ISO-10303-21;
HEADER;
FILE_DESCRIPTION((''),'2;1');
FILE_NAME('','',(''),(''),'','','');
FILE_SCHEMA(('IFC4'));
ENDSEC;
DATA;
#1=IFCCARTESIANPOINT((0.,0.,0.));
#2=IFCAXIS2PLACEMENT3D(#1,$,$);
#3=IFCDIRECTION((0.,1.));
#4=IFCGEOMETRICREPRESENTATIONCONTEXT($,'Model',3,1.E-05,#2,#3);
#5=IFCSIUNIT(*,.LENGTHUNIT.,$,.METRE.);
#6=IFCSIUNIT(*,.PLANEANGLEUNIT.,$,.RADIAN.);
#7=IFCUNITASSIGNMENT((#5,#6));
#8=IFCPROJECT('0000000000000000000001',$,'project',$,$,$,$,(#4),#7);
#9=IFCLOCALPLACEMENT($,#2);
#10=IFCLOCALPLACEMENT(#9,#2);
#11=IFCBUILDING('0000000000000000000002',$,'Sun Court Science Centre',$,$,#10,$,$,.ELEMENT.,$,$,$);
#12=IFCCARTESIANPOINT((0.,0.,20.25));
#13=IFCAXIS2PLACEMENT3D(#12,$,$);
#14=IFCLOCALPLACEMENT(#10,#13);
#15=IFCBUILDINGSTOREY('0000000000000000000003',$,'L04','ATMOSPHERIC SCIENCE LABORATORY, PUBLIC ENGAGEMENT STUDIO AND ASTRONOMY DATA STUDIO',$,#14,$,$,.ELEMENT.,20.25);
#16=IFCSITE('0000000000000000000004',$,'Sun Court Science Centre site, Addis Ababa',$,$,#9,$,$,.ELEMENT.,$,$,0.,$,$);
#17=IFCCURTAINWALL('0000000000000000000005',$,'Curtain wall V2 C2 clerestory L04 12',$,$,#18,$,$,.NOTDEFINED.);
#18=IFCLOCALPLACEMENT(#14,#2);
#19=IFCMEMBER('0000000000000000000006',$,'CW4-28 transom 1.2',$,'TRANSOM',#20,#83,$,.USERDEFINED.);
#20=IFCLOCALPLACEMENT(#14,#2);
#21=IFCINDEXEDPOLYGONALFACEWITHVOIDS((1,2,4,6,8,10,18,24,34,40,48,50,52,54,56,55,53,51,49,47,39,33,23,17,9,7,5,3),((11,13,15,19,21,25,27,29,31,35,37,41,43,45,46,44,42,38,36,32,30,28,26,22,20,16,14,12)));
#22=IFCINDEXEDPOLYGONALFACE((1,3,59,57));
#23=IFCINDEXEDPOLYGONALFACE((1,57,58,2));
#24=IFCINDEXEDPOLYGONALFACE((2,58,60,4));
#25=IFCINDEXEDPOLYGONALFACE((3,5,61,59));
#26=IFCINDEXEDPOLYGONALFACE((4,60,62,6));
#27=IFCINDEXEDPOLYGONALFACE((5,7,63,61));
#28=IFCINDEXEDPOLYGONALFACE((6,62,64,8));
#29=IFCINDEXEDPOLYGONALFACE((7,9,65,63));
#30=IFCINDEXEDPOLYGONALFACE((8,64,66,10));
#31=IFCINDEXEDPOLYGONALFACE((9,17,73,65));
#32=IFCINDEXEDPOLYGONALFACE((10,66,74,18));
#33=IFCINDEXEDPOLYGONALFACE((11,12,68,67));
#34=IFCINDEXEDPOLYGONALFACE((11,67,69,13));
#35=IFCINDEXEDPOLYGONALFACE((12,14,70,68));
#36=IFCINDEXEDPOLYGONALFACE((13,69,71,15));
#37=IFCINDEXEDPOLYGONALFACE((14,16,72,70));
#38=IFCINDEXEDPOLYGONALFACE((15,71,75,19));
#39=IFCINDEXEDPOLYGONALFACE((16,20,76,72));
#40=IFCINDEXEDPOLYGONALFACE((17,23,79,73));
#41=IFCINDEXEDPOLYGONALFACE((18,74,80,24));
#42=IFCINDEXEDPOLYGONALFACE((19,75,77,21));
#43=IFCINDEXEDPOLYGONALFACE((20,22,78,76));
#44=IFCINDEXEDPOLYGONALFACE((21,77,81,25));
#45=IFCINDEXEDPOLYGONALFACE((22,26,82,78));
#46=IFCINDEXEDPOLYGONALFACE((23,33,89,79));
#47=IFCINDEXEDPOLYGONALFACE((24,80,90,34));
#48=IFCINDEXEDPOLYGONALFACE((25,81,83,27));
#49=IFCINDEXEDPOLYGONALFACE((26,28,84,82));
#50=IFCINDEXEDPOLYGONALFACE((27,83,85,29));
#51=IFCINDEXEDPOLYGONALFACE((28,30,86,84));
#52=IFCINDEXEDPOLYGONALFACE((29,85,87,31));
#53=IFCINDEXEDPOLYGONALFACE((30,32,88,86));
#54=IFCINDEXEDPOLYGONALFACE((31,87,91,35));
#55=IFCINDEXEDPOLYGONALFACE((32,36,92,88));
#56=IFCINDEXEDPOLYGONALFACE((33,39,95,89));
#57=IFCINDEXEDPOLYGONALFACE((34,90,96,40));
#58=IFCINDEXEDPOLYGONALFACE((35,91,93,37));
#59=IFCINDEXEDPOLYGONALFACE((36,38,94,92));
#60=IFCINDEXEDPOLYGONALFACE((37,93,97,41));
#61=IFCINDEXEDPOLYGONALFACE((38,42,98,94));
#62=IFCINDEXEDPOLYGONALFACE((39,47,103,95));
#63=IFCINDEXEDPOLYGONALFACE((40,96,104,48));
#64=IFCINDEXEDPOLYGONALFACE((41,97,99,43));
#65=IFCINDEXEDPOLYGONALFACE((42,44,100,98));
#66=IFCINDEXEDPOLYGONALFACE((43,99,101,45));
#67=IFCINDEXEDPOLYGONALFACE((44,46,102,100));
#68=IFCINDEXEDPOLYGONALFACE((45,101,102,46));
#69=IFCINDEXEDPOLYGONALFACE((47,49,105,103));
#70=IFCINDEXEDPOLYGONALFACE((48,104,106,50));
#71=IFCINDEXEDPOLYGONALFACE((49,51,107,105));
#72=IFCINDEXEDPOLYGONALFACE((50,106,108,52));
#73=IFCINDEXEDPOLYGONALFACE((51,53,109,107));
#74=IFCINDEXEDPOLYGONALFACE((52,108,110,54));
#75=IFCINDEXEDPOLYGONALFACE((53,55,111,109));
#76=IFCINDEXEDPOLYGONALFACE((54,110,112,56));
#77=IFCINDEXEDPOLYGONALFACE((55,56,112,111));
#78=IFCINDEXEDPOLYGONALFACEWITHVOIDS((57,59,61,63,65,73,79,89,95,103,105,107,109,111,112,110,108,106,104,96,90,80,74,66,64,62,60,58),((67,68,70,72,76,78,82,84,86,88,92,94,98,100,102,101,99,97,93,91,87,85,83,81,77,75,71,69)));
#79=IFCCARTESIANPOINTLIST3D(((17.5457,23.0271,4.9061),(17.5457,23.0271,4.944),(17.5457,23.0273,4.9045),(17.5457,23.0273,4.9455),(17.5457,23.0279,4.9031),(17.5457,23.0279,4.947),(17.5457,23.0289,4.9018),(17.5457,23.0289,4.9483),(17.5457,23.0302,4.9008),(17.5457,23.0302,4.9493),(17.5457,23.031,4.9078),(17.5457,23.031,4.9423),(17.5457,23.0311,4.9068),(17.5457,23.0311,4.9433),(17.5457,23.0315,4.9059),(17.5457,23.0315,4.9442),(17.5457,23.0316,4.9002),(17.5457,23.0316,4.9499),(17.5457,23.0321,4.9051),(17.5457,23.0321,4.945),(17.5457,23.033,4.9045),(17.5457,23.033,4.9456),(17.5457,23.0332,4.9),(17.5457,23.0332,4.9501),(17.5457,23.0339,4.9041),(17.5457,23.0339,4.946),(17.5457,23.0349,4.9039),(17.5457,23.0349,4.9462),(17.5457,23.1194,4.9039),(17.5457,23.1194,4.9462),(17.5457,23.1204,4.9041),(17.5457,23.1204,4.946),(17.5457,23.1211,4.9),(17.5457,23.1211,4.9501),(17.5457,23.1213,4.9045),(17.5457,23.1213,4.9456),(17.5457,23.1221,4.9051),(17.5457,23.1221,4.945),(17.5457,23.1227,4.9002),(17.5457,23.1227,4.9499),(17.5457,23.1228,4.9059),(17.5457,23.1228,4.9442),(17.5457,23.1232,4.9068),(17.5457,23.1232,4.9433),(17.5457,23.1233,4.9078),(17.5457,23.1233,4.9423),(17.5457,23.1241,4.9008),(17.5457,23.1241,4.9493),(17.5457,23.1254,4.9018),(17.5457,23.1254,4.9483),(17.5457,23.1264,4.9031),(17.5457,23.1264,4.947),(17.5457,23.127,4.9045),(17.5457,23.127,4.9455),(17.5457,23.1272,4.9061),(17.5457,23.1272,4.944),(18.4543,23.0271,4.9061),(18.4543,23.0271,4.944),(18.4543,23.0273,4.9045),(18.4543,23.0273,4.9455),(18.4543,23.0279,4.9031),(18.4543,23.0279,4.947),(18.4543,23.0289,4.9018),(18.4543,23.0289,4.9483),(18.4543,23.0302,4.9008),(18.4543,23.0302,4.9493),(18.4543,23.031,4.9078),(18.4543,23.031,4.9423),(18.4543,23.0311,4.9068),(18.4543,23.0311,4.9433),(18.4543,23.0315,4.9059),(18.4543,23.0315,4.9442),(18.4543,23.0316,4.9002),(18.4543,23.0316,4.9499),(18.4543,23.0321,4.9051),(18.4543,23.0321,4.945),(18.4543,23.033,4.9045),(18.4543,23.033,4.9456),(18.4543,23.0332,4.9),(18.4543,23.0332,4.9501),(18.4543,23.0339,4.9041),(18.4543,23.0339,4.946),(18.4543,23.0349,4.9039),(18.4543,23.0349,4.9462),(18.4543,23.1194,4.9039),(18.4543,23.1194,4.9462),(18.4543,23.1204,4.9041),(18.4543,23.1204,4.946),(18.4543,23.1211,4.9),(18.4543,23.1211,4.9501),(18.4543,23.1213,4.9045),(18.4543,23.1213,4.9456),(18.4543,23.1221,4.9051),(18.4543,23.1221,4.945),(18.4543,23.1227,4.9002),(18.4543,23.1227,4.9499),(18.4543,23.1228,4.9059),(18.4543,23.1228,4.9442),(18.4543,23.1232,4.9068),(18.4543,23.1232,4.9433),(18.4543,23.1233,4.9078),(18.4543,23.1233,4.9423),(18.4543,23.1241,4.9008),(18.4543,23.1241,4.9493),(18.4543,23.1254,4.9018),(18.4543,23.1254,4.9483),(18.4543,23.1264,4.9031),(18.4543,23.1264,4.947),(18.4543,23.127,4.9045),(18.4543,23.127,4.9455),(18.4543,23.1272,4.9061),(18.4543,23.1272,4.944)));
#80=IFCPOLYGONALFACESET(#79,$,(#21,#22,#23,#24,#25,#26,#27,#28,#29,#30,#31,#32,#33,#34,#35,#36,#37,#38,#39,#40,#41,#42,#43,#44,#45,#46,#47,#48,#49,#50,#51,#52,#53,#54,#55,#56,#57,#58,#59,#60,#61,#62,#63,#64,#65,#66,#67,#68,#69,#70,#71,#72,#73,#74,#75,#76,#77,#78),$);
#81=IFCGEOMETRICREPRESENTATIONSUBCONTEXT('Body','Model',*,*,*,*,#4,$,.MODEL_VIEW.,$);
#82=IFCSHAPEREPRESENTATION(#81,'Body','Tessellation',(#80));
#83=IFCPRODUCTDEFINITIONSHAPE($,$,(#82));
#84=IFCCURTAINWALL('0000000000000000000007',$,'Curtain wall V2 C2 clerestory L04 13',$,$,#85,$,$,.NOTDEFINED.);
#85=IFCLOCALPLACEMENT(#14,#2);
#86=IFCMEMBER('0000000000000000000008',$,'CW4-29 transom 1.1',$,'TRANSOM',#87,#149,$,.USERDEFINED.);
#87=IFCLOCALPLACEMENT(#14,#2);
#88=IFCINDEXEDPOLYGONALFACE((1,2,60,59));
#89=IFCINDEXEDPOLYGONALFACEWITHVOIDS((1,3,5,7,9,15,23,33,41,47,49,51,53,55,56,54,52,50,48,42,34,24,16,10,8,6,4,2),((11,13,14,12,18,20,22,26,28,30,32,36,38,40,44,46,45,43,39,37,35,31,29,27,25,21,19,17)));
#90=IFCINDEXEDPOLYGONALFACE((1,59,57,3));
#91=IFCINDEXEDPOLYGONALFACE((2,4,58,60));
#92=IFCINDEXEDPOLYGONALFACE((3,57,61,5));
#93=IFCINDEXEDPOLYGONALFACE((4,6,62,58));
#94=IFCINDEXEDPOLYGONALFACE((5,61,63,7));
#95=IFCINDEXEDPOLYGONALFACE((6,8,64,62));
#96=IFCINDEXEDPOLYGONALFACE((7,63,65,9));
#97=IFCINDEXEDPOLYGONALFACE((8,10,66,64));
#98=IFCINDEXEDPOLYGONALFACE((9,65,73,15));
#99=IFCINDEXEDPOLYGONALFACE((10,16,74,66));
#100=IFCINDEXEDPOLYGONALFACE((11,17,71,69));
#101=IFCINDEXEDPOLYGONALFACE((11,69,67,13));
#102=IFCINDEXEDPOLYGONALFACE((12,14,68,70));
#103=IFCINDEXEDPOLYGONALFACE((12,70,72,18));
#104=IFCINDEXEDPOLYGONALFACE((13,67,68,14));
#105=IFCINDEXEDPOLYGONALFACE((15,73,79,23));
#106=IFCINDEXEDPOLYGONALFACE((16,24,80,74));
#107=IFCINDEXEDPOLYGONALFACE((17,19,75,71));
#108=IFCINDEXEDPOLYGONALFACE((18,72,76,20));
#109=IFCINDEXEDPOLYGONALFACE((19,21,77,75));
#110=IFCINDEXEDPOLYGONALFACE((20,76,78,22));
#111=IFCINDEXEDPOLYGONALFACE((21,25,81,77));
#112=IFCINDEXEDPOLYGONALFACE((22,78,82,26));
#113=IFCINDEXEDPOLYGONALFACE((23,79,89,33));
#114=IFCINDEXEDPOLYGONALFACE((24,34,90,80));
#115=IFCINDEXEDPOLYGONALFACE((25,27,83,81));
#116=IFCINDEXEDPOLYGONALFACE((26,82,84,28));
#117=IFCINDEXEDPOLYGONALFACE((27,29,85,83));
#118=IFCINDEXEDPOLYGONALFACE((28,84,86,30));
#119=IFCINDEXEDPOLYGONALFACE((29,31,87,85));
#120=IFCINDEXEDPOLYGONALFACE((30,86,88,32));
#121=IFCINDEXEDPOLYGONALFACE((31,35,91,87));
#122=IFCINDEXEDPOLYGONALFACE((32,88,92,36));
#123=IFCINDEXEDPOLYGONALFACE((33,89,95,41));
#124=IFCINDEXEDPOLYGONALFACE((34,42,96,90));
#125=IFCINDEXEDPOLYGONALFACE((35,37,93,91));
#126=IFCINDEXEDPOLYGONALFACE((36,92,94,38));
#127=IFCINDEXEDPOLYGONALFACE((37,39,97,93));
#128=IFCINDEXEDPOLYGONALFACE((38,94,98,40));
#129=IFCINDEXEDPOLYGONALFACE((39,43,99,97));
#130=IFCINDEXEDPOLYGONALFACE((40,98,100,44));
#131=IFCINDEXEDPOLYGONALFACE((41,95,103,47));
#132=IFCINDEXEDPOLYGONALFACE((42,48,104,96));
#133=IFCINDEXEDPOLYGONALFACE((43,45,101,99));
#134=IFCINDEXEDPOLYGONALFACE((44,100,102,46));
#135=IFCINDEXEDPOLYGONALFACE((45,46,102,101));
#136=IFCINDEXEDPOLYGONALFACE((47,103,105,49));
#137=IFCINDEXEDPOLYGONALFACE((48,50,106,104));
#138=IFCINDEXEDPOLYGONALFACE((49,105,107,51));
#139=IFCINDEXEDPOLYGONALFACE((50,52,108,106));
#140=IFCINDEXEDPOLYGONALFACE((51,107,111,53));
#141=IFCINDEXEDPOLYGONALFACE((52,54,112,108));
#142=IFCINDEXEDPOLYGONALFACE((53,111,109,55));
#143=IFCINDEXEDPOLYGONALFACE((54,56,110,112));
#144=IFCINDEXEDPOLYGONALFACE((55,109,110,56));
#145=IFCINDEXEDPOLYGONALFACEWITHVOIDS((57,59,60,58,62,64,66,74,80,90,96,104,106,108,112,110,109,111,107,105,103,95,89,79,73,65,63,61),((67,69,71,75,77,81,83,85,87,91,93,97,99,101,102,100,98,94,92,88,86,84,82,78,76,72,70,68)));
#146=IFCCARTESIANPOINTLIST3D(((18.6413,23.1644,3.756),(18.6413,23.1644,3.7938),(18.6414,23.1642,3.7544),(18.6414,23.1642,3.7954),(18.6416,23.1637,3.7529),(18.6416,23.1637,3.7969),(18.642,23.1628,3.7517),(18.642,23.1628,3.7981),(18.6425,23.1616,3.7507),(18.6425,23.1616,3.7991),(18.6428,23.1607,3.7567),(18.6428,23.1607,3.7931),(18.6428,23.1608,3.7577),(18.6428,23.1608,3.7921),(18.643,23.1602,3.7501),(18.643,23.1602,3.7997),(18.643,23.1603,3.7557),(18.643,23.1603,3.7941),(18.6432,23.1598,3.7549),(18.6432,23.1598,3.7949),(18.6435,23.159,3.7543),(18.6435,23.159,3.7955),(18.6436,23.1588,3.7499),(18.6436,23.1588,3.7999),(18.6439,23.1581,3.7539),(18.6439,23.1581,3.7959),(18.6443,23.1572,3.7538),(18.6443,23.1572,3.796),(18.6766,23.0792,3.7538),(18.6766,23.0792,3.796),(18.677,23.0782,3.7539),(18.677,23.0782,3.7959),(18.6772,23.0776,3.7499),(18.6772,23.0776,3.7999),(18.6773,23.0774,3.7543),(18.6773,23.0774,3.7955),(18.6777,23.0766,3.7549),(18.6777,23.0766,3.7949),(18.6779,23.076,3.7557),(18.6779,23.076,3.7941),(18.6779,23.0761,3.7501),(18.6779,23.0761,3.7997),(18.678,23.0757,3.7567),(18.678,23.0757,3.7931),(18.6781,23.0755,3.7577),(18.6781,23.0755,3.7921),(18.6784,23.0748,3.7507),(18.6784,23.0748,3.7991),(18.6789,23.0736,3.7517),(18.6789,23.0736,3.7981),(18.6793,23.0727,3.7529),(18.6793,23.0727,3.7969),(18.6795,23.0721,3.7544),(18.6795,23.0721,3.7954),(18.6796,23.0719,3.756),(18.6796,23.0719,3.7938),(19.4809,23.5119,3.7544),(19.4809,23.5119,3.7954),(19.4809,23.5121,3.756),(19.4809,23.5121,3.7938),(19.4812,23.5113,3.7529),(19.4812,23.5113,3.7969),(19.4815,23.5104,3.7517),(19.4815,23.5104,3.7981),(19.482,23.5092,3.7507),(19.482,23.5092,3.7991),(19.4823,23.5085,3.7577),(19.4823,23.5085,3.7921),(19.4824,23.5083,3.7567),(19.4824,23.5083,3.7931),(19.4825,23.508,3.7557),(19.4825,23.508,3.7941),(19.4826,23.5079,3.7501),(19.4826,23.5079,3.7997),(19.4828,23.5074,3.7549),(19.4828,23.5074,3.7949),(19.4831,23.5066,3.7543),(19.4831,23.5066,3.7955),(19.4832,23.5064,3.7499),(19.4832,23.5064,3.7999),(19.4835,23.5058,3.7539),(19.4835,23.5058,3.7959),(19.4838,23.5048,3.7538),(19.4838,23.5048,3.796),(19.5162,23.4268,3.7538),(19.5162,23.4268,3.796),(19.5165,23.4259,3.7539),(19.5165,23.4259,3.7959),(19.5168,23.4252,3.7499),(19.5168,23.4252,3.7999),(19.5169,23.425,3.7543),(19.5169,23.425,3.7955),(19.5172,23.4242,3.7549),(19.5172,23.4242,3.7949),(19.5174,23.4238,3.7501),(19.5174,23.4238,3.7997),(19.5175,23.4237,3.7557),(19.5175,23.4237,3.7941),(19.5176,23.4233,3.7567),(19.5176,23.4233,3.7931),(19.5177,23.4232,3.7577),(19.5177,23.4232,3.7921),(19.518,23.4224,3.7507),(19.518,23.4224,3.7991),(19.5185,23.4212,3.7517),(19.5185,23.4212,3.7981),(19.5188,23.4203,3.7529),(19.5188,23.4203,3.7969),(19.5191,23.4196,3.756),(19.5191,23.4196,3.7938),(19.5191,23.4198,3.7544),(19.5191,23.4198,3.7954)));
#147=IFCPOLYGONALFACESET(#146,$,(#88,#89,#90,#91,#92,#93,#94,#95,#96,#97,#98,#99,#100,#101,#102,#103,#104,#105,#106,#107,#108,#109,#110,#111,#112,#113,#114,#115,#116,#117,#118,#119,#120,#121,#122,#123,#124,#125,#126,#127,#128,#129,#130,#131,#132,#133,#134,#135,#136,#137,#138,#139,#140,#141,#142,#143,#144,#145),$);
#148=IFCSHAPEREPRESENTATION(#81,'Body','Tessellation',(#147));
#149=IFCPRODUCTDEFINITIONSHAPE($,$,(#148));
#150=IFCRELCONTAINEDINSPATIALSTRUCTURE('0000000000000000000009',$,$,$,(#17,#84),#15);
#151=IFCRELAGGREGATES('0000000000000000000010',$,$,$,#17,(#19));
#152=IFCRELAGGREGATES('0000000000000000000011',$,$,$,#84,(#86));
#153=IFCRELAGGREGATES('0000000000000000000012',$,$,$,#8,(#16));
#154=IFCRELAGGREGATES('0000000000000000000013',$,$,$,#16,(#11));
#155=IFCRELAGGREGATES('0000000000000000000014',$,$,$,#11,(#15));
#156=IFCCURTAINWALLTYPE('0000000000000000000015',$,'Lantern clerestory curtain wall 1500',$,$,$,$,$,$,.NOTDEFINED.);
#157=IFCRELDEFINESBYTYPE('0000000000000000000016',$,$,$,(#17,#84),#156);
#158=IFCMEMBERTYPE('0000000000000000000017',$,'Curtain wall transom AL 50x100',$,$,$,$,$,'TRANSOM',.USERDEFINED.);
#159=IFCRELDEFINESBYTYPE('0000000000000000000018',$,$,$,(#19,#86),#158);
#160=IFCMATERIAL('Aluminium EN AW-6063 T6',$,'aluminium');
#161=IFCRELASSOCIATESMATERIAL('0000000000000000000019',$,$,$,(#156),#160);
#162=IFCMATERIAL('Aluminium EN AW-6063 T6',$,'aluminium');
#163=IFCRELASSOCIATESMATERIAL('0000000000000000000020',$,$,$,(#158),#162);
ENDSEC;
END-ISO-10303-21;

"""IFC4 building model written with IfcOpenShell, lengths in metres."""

from ifc_helpers import new_model, si_unit, direction, frame, origin, origin_2d, place, context, subcontext, project, spatial, hollow_rectangle, extrude, material, material_profile, profile_set, type_object, element, aggregate, save


model = new_model("IFC4")

# Units and contexts
model_context = context("Model", 3, precision=1e-05, world=origin(), true_north=direction((0.0, 1.0)))
body_context = subcontext(model_context, "Body", "Model", "MODEL_VIEW")
ifc_project = project(units=[si_unit("LENGTHUNIT", "METRE"), si_unit("PLANEANGLEUNIT", "RADIAN")], contexts=[model_context])

# Site, building, storey
site_placement = place(None, origin())
site = spatial("IfcSite", under=ifc_project, at=site_placement, Name="Sun Court Science Centre site, Addis Ababa", CompositionType="ELEMENT", RefElevation=0.0)
building_placement = place(site_placement, origin())
building = spatial("IfcBuilding", under=site, at=building_placement, Name="Sun Court Science Centre", CompositionType="ELEMENT")
storey_placement = place(building_placement, frame((0.0, 0.0, 20.25)))
storey = spatial("IfcBuildingStorey", under=building, at=storey_placement, Name="L04", Description="ATMOSPHERIC SCIENCE LABORATORY, PUBLIC ENGAGEMENT STUDIO AND ASTRONOMY DATA STUDIO", CompositionType="ELEMENT", Elevation=20.25)

# Shared definitions
ifc_material_1 = material(Name="Aluminium EN AW-6063 T6", Category="aluminium")
curtain_wall_type = type_object("IfcCurtainWallType", Name="Lantern clerestory curtain wall 1500", PredefinedType="NOTDEFINED", material=ifc_material_1)

# Curtain walls, members
curtain_wall_1_placement = place(storey_placement, origin())
curtain_wall_1 = element("IfcCurtainWall", 1, at=curtain_wall_1_placement, inside=storey, type_object=curtain_wall_type, Name="Curtain wall V2 C2 clerestory L04 12", PredefinedType="NOTDEFINED")
ifc_material_2 = material(Name="Aluminium EN AW-6063 T6", Category="aluminium")
ifc_material_profile_1 = material_profile(ifc_material_2, hollow_rectangle(XDim=0.05, YDim=0.1001, WallThickness=0.0039, InnerFilletRadius=0.0039, OuterFilletRadius=0.0061, at=origin_2d()), Name="AL 50x100x4")
ifc_profile_set_1 = profile_set([ifc_material_profile_1], Name="Aluminium EN AW-6063 T6")
member_type_1 = type_object("IfcMemberType", Name="Curtain wall transom AL 50x100", ElementType="TRANSOM", PredefinedType="USERDEFINED", material=ifc_profile_set_1)
member_1_placement = place(storey_placement, frame((18.4543, 23.0771, 4.925), z_axis=(-1.0, 0.0, 0.0), x_axis=(0.0, 0.0, 1.0)))
member_1 = element("IfcMember", 2, at=member_1_placement, type_object=member_type_1, Name="CW4-28 transom 1.2", ObjectType="TRANSOM", PredefinedType="USERDEFINED", context=body_context, shape_type="SweptSolid", body=[
    extrude(hollow_rectangle(XDim=0.05, YDim=0.1001, WallThickness=0.0039, InnerFilletRadius=0.0039, OuterFilletRadius=0.0061, at=origin_2d()), origin(), (0.0, 0.0, 1.0), 0.9087),
])
curtain_wall_2_placement = place(storey_placement, origin())
curtain_wall_2 = element("IfcCurtainWall", 3, at=curtain_wall_2_placement, inside=storey, type_object=curtain_wall_type, Name="Curtain wall V2 C2 clerestory L04 13", PredefinedType="NOTDEFINED")
member_2_placement = place(storey_placement, frame((19.5, 23.4658, 3.7749), z_axis=(-0.923925, -0.382573, 0.0), x_axis=(0.0, 0.0, 1.0)))
member_2 = element("IfcMember", 4, at=member_2_placement, type_object=member_type_1, Name="CW4-29 transom 1.1", ObjectType="TRANSOM", PredefinedType="USERDEFINED", context=body_context, shape_type="SweptSolid", body=[
    extrude(hollow_rectangle(XDim=0.05, YDim=0.1001, WallThickness=0.0039, InnerFilletRadius=0.0039, OuterFilletRadius=0.0061, at=origin_2d()), origin(), (0.0, 0.0, 1.0), 0.9087),
])

aggregate(curtain_wall_1, [member_1])
aggregate(curtain_wall_2, [member_2])

save(model, "model.ifc")
